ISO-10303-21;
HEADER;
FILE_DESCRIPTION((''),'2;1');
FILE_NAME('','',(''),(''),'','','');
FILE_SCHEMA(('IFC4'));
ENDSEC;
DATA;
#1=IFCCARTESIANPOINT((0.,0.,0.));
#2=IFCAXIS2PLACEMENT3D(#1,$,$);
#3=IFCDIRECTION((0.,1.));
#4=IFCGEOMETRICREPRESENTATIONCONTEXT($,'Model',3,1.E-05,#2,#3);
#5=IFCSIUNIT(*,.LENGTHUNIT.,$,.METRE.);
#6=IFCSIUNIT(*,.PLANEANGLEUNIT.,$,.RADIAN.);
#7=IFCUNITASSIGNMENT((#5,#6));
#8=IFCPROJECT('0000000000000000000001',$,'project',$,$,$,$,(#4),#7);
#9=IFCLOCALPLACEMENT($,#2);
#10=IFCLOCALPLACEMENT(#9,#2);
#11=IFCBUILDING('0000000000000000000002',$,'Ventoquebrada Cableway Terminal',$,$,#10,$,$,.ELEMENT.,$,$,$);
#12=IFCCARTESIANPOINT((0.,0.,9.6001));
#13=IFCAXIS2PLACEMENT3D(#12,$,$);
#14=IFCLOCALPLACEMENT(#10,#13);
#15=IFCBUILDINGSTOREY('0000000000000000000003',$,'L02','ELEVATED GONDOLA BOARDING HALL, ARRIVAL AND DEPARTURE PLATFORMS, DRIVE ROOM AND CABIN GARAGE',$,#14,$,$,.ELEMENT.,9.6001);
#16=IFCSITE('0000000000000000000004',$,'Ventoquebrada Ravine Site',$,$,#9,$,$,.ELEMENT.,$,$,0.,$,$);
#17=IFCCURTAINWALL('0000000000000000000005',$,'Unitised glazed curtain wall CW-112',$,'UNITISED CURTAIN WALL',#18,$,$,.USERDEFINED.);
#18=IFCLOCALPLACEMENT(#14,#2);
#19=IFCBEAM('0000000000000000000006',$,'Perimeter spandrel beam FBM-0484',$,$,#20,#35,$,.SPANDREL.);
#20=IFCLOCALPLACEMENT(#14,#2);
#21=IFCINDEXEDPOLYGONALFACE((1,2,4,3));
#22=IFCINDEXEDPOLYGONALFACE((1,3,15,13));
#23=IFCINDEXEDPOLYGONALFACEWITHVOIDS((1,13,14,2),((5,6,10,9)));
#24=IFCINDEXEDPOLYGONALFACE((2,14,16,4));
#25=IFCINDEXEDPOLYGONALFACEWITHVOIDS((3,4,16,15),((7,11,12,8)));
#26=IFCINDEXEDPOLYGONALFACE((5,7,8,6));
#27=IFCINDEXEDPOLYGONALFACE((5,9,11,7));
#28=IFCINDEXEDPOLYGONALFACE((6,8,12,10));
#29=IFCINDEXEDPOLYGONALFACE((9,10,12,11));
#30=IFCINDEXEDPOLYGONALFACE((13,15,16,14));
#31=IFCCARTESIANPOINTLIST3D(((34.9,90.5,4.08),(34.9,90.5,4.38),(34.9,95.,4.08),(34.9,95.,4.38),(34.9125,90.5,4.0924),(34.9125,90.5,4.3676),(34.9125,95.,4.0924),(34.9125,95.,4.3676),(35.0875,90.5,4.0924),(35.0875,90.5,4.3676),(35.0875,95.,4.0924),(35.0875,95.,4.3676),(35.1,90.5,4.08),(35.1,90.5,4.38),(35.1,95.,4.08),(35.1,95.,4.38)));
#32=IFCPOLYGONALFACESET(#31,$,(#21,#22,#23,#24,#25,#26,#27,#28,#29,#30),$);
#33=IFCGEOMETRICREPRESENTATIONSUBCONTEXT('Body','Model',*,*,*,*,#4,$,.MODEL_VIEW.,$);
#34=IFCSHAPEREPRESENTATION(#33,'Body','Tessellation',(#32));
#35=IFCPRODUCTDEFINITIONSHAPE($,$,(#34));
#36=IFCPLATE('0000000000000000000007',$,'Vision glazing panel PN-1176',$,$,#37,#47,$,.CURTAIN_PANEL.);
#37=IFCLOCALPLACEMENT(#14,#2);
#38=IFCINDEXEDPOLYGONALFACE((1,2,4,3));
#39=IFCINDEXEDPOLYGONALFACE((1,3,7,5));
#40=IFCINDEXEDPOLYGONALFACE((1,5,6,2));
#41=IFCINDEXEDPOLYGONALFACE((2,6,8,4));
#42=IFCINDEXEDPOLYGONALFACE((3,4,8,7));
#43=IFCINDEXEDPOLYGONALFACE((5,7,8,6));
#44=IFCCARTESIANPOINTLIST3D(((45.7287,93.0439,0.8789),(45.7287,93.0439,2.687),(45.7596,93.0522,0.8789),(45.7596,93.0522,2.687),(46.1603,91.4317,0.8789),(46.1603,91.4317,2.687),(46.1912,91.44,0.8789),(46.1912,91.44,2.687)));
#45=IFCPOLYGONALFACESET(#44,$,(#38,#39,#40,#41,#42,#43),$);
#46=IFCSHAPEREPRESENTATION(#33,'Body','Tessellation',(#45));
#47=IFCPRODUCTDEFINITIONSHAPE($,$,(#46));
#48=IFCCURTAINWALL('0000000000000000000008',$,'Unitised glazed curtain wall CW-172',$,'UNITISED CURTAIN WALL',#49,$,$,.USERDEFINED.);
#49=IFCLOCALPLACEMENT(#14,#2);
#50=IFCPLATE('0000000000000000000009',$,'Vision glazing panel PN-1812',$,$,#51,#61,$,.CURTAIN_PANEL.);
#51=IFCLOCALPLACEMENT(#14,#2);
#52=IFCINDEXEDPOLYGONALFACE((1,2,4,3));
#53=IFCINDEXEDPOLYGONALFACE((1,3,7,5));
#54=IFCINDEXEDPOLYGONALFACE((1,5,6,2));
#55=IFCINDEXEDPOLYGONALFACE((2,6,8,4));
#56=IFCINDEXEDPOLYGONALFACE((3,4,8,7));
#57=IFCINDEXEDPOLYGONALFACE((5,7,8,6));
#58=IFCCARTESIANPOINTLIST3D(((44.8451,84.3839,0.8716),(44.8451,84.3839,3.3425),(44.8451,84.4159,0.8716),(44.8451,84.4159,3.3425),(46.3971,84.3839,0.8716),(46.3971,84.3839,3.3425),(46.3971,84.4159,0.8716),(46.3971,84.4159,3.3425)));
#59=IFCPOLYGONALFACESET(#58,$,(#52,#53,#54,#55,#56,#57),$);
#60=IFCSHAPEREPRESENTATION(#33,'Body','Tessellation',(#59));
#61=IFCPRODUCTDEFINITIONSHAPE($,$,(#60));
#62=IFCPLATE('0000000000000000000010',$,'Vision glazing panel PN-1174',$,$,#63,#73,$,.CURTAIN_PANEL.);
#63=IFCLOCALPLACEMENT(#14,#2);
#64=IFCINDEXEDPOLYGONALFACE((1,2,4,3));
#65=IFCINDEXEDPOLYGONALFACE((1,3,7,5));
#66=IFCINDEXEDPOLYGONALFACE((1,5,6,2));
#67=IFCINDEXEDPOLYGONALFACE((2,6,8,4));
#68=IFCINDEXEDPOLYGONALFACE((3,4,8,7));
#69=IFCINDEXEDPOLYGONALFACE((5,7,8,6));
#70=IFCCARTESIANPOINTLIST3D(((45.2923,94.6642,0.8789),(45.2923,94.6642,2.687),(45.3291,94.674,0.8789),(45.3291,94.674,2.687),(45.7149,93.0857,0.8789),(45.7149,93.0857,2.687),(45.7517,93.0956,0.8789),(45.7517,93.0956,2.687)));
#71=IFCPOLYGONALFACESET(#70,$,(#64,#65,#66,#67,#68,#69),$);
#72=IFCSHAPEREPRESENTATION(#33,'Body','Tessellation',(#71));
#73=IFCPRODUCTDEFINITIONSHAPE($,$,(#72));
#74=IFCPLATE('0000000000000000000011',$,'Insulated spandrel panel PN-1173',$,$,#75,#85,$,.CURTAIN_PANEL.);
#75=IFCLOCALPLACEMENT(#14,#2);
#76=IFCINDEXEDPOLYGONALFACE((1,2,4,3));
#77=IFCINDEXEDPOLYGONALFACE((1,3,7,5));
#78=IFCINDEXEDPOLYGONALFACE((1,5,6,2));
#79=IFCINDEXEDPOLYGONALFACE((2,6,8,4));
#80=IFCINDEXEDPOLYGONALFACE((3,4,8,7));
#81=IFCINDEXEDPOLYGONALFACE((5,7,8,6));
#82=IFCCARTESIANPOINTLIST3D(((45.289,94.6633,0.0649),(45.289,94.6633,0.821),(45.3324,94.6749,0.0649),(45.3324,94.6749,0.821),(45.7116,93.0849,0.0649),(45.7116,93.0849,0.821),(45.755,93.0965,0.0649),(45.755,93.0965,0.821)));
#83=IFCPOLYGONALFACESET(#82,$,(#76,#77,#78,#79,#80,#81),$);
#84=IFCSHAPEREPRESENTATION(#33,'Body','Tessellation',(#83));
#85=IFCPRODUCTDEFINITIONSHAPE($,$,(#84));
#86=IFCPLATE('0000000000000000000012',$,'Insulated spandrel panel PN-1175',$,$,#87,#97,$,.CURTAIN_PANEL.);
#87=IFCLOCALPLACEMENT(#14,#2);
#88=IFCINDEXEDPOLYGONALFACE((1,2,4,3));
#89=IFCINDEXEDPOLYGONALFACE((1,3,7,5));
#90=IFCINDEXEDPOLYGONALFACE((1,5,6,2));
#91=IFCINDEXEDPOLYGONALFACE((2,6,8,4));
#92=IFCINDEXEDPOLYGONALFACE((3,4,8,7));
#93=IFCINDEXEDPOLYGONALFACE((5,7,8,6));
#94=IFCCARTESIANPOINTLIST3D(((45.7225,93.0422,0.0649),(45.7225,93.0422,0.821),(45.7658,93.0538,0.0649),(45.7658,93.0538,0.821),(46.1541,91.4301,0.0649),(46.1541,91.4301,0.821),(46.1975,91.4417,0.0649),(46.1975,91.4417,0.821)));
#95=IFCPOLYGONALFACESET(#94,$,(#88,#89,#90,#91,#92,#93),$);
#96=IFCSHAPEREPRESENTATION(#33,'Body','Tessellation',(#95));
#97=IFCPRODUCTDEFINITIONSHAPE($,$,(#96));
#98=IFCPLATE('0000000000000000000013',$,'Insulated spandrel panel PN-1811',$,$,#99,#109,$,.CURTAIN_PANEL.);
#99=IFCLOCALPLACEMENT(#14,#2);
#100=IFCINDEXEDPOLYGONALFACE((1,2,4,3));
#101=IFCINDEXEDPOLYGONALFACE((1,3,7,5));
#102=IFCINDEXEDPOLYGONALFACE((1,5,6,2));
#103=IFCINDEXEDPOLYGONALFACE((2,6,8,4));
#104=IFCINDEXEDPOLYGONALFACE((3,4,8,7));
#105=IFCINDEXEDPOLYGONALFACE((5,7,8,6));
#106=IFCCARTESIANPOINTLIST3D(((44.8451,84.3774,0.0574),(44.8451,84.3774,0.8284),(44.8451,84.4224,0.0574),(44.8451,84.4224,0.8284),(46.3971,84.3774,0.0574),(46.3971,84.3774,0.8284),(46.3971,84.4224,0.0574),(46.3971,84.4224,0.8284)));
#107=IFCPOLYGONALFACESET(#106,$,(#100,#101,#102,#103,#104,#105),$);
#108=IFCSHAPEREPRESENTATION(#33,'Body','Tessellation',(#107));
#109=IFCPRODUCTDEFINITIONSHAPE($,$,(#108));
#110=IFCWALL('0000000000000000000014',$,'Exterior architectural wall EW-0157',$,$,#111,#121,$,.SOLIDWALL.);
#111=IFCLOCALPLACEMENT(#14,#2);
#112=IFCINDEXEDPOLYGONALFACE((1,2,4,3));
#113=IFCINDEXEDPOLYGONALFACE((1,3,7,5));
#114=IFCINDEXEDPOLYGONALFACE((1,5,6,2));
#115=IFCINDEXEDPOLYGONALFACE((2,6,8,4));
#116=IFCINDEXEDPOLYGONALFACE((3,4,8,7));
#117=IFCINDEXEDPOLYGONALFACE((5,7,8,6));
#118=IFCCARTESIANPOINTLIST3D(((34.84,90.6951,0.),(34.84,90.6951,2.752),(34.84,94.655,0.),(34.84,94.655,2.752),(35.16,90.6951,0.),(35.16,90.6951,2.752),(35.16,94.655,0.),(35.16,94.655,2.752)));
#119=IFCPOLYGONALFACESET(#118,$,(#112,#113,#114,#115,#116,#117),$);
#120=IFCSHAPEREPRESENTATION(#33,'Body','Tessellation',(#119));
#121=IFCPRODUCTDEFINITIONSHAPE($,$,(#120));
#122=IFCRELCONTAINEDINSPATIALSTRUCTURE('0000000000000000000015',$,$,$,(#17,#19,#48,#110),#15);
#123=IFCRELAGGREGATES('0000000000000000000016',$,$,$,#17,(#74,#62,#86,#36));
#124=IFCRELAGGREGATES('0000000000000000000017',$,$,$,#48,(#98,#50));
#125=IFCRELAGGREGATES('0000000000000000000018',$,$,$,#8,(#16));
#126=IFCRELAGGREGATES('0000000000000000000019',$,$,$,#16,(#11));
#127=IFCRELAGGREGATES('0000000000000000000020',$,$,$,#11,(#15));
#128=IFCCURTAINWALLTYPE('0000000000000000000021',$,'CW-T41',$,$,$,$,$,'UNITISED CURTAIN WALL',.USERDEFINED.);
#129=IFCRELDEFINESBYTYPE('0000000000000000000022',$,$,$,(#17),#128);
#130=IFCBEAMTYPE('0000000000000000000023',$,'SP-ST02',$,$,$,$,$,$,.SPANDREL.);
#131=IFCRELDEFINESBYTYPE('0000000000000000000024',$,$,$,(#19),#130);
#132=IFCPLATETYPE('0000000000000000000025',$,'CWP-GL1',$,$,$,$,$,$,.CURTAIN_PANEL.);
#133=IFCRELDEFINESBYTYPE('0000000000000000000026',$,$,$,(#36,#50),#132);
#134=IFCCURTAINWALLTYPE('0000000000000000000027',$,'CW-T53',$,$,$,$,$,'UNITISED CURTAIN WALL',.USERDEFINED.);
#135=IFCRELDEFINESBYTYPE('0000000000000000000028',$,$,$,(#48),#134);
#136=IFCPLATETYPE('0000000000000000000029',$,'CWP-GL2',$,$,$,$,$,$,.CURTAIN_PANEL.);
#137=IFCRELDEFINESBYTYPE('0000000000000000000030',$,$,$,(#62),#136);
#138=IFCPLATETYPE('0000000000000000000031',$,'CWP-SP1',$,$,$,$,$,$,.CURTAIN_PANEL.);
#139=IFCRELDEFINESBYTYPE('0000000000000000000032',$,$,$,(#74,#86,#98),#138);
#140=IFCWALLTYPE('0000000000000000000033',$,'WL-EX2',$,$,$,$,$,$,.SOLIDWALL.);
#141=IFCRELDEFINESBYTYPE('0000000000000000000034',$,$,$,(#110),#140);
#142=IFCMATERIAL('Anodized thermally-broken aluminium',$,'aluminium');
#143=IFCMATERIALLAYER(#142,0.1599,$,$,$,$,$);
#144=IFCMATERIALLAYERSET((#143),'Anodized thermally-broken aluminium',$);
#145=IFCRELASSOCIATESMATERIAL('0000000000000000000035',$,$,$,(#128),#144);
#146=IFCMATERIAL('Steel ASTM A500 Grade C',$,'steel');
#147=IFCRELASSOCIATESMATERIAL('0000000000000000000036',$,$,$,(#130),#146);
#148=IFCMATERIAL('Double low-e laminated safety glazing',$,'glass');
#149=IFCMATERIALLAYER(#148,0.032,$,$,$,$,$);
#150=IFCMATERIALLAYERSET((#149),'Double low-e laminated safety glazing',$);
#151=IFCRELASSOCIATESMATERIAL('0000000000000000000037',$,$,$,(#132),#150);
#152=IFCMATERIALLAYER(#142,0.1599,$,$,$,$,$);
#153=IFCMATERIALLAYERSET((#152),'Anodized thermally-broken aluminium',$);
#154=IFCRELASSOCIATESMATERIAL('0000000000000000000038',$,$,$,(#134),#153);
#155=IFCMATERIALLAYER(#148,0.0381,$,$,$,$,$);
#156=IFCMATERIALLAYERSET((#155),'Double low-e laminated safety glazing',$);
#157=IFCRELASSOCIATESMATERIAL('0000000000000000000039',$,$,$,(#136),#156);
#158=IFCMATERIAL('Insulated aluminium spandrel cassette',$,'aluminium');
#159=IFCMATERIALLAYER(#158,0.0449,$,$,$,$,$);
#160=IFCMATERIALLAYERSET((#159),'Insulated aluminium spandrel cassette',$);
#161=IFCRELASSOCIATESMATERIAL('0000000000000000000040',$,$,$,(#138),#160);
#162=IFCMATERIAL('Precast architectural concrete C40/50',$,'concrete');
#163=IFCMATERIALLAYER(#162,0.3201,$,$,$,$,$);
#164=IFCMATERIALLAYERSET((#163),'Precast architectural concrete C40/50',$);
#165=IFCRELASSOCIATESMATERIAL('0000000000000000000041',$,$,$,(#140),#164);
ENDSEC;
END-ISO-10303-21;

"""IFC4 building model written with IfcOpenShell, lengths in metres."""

from ifc_helpers import new_model, si_unit, direction, frame, frame_2d, origin, origin_2d, place, context, subcontext, project, spatial, rectangle, hollow_rectangle, extrude, material, layer, layer_set, material_profile, profile_set, type_object, element, aggregate, save


model = new_model("IFC4")

# Units and contexts
model_context = context("Model", 3, precision=1e-05, world=origin(), true_north=direction((0.0, 1.0)))
body_context = subcontext(model_context, "Body", "Model", "MODEL_VIEW")
ifc_project = project(units=[si_unit("LENGTHUNIT", "METRE"), si_unit("PLANEANGLEUNIT", "RADIAN")], contexts=[model_context])

# Site, building, storey
site_placement = place(None, origin())
site = spatial("IfcSite", under=ifc_project, at=site_placement, Name="Ventoquebrada Ravine Site", CompositionType="ELEMENT", RefElevation=0.0)
building_placement = place(site_placement, origin())
building = spatial("IfcBuilding", under=site, at=building_placement, Name="Ventoquebrada Cableway Terminal", CompositionType="ELEMENT")
storey_placement = place(building_placement, frame((0.0, 0.0, 9.6001)))
storey = spatial("IfcBuildingStorey", under=building, at=storey_placement, Name="L02", Description="ELEVATED GONDOLA BOARDING HALL, ARRIVAL AND DEPARTURE PLATFORMS, DRIVE ROOM AND CABIN GARAGE", CompositionType="ELEMENT", Elevation=9.6001)

# Curtain wall
ifc_material_1 = material(Name="Anodized thermally-broken aluminium", Category="aluminium")
ifc_layer_1 = layer(ifc_material_1, 0.1599)
ifc_layer_set_1 = layer_set([ifc_layer_1], Name="Anodized thermally-broken aluminium")
curtain_wall_type_1 = type_object("IfcCurtainWallType", Name="CW-T41", ElementType="UNITISED CURTAIN WALL", PredefinedType="USERDEFINED", material=ifc_layer_set_1)
curtain_wall_1_placement = place(storey_placement, origin())
curtain_wall_1 = element("IfcCurtainWall", 1, at=curtain_wall_1_placement, inside=storey, type_object=curtain_wall_type_1, Name="Unitised glazed curtain wall CW-112", ObjectType="UNITISED CURTAIN WALL", PredefinedType="USERDEFINED")

# Beam
ifc_material_2 = material(Name="Steel ASTM A500 Grade C", Category="steel")
ifc_material_profile_1 = material_profile(ifc_material_2, hollow_rectangle(XDim=0.2, YDim=0.3, WallThickness=0.0125, at=origin_2d()), Name="RHS300X200X12.5")
ifc_profile_set_1 = profile_set([ifc_material_profile_1], Name="Steel ASTM A500 Grade C")
beam_type = type_object("IfcBeamType", Name="SP-ST02", PredefinedType="SPANDREL", material=ifc_profile_set_1)
beam_placement = place(storey_placement, frame((35.0, 90.5, 4.23), z_axis=(0.0, 1.0, 0.0), x_axis=(-1.0, 0.0, 0.0)))
element("IfcBeam", 2, at=beam_placement, inside=storey, type_object=beam_type, Name="Perimeter spandrel beam FBM-0484", PredefinedType="SPANDREL", context=body_context, shape_type="SweptSolid", body=[
    extrude(hollow_rectangle(XDim=0.2, YDim=0.3, WallThickness=0.0125, at=origin_2d()), origin(), (0.0, 0.0, 1.0), 4.5),
])

# Plate
ifc_material_3 = material(Name="Double low-e laminated safety glazing", Category="glass")
ifc_layer_2 = layer(ifc_material_3, 0.032)
ifc_layer_set_2 = layer_set([ifc_layer_2], Name="Double low-e laminated safety glazing")
plate_type_1 = type_object("IfcPlateType", Name="CWP-GL1", PredefinedType="CURTAIN_PANEL", material=ifc_layer_set_2)
plate_1_placement = place(storey_placement, frame((45.96, 92.2419, 0.8789), z_axis=(0.0, 0.0, 1.0), x_axis=(0.258617, -0.96598, 0.0)))
plate_1 = element("IfcPlate", 3, at=plate_1_placement, type_object=plate_type_1, Name="Vision glazing panel PN-1176", PredefinedType="CURTAIN_PANEL", context=body_context, shape_type="SweptSolid", body=[
    extrude(rectangle(XDim=1.6689, YDim=0.032, at=origin_2d()), origin(), (0.0, 0.0, 1.0), 1.8081),
])

# Curtain wall, plate
ifc_layer_3 = layer(ifc_material_1, 0.1599)
ifc_layer_set_3 = layer_set([ifc_layer_3], Name="Anodized thermally-broken aluminium")
curtain_wall_type_2 = type_object("IfcCurtainWallType", Name="CW-T53", ElementType="UNITISED CURTAIN WALL", PredefinedType="USERDEFINED", material=ifc_layer_set_3)
curtain_wall_2_placement = place(storey_placement, origin())
curtain_wall_2 = element("IfcCurtainWall", 4, at=curtain_wall_2_placement, inside=storey, type_object=curtain_wall_type_2, Name="Unitised glazed curtain wall CW-172", ObjectType="UNITISED CURTAIN WALL", PredefinedType="USERDEFINED")
plate_2_placement = place(storey_placement, frame((45.6211, 84.3999, 0.8716), z_axis=(0.0, 0.0, 1.0), x_axis=(-1.0, 0.0, 0.0)))
plate_2 = element("IfcPlate", 5, at=plate_2_placement, type_object=plate_type_1, Name="Vision glazing panel PN-1812", PredefinedType="CURTAIN_PANEL", context=body_context, shape_type="SweptSolid", body=[
    extrude(rectangle(XDim=1.552, YDim=0.032, at=origin_2d()), origin(), (0.0, 0.0, 1.0), 2.4709),
])

# Plates
ifc_layer_4 = layer(ifc_material_3, 0.0381)
ifc_layer_set_4 = layer_set([ifc_layer_4], Name="Double low-e laminated safety glazing")
plate_type_2 = type_object("IfcPlateType", Name="CWP-GL2", PredefinedType="CURTAIN_PANEL", material=ifc_layer_set_4)
plate_3_placement = place(storey_placement, frame((45.522, 93.8799, 0.8789), z_axis=(0.0, 0.0, 1.0), x_axis=(0.258617, -0.96598, 0.0)))
plate_3 = element("IfcPlate", 6, at=plate_3_placement, type_object=plate_type_2, Name="Vision glazing panel PN-1174", PredefinedType="CURTAIN_PANEL", context=body_context, shape_type="SweptSolid", body=[
    extrude(rectangle(XDim=1.634, YDim=0.0381, at=origin_2d()), origin(), (0.0, 0.0, 1.0), 1.8081),
])
ifc_material_4 = material(Name="Insulated aluminium spandrel cassette", Category="aluminium")
ifc_layer_5 = layer(ifc_material_4, 0.0449)
ifc_layer_set_5 = layer_set([ifc_layer_5], Name="Insulated aluminium spandrel cassette")
plate_type_3 = type_object("IfcPlateType", Name="CWP-SP1", PredefinedType="CURTAIN_PANEL", material=ifc_layer_set_5)
plate_4_placement = place(storey_placement, frame((45.522, 93.8799, 0.0649), z_axis=(0.0, 0.0, 1.0), x_axis=(0.258617, -0.96598, 0.0)))
plate_4 = element("IfcPlate", 7, at=plate_4_placement, type_object=plate_type_3, Name="Insulated spandrel panel PN-1173", PredefinedType="CURTAIN_PANEL", context=body_context, shape_type="SweptSolid", body=[
    extrude(rectangle(XDim=1.634, YDim=0.0449, at=origin_2d()), origin(), (0.0, 0.0, 1.0), 0.7561),
])
plate_5_placement = place(storey_placement, frame((45.96, 92.2419, 0.0649), z_axis=(0.0, 0.0, 1.0), x_axis=(0.258617, -0.96598, 0.0)))
plate_5 = element("IfcPlate", 8, at=plate_5_placement, type_object=plate_type_3, Name="Insulated spandrel panel PN-1175", PredefinedType="CURTAIN_PANEL", context=body_context, shape_type="SweptSolid", body=[
    extrude(rectangle(XDim=1.6689, YDim=0.0449, at=origin_2d()), origin(), (0.0, 0.0, 1.0), 0.7561),
])
aggregate(curtain_wall_1, [plate_4, plate_3, plate_5, plate_1])
plate_6_placement = place(storey_placement, frame((45.6211, 84.3999, 0.0574), z_axis=(0.0, 0.0, 1.0), x_axis=(-1.0, 0.0, 0.0)))
plate_6 = element("IfcPlate", 9, at=plate_6_placement, type_object=plate_type_3, Name="Insulated spandrel panel PN-1811", PredefinedType="CURTAIN_PANEL", context=body_context, shape_type="SweptSolid", body=[
    extrude(rectangle(XDim=1.552, YDim=0.0449, at=origin_2d()), origin(), (0.0, 0.0, 1.0), 0.771),
])
aggregate(curtain_wall_2, [plate_6, plate_2])

# Wall
ifc_material_5 = material(Name="Precast architectural concrete C40/50", Category="concrete")
ifc_layer_6 = layer(ifc_material_5, 0.3201)
ifc_layer_set_6 = layer_set([ifc_layer_6], Name="Precast architectural concrete C40/50")
wall_type = type_object("IfcWallType", Name="WL-EX2", PredefinedType="SOLIDWALL", material=ifc_layer_set_6)
wall_placement = place(storey_placement, frame((35.0, 90.6951, 0.0), z_axis=(0.0, 0.0, 1.0), x_axis=(0.0, 1.0, 0.0)))
element("IfcWall", 10, at=wall_placement, inside=storey, type_object=wall_type, Name="Exterior architectural wall EW-0157", PredefinedType="SOLIDWALL", context=body_context, shape_type="SweptSolid", body=[
    extrude(rectangle(XDim=3.96, YDim=0.3201, at=frame_2d((1.98, 0.0))), origin(), (0.0, 0.0, 1.0), 2.752),
])

save(model, "model.ifc")
